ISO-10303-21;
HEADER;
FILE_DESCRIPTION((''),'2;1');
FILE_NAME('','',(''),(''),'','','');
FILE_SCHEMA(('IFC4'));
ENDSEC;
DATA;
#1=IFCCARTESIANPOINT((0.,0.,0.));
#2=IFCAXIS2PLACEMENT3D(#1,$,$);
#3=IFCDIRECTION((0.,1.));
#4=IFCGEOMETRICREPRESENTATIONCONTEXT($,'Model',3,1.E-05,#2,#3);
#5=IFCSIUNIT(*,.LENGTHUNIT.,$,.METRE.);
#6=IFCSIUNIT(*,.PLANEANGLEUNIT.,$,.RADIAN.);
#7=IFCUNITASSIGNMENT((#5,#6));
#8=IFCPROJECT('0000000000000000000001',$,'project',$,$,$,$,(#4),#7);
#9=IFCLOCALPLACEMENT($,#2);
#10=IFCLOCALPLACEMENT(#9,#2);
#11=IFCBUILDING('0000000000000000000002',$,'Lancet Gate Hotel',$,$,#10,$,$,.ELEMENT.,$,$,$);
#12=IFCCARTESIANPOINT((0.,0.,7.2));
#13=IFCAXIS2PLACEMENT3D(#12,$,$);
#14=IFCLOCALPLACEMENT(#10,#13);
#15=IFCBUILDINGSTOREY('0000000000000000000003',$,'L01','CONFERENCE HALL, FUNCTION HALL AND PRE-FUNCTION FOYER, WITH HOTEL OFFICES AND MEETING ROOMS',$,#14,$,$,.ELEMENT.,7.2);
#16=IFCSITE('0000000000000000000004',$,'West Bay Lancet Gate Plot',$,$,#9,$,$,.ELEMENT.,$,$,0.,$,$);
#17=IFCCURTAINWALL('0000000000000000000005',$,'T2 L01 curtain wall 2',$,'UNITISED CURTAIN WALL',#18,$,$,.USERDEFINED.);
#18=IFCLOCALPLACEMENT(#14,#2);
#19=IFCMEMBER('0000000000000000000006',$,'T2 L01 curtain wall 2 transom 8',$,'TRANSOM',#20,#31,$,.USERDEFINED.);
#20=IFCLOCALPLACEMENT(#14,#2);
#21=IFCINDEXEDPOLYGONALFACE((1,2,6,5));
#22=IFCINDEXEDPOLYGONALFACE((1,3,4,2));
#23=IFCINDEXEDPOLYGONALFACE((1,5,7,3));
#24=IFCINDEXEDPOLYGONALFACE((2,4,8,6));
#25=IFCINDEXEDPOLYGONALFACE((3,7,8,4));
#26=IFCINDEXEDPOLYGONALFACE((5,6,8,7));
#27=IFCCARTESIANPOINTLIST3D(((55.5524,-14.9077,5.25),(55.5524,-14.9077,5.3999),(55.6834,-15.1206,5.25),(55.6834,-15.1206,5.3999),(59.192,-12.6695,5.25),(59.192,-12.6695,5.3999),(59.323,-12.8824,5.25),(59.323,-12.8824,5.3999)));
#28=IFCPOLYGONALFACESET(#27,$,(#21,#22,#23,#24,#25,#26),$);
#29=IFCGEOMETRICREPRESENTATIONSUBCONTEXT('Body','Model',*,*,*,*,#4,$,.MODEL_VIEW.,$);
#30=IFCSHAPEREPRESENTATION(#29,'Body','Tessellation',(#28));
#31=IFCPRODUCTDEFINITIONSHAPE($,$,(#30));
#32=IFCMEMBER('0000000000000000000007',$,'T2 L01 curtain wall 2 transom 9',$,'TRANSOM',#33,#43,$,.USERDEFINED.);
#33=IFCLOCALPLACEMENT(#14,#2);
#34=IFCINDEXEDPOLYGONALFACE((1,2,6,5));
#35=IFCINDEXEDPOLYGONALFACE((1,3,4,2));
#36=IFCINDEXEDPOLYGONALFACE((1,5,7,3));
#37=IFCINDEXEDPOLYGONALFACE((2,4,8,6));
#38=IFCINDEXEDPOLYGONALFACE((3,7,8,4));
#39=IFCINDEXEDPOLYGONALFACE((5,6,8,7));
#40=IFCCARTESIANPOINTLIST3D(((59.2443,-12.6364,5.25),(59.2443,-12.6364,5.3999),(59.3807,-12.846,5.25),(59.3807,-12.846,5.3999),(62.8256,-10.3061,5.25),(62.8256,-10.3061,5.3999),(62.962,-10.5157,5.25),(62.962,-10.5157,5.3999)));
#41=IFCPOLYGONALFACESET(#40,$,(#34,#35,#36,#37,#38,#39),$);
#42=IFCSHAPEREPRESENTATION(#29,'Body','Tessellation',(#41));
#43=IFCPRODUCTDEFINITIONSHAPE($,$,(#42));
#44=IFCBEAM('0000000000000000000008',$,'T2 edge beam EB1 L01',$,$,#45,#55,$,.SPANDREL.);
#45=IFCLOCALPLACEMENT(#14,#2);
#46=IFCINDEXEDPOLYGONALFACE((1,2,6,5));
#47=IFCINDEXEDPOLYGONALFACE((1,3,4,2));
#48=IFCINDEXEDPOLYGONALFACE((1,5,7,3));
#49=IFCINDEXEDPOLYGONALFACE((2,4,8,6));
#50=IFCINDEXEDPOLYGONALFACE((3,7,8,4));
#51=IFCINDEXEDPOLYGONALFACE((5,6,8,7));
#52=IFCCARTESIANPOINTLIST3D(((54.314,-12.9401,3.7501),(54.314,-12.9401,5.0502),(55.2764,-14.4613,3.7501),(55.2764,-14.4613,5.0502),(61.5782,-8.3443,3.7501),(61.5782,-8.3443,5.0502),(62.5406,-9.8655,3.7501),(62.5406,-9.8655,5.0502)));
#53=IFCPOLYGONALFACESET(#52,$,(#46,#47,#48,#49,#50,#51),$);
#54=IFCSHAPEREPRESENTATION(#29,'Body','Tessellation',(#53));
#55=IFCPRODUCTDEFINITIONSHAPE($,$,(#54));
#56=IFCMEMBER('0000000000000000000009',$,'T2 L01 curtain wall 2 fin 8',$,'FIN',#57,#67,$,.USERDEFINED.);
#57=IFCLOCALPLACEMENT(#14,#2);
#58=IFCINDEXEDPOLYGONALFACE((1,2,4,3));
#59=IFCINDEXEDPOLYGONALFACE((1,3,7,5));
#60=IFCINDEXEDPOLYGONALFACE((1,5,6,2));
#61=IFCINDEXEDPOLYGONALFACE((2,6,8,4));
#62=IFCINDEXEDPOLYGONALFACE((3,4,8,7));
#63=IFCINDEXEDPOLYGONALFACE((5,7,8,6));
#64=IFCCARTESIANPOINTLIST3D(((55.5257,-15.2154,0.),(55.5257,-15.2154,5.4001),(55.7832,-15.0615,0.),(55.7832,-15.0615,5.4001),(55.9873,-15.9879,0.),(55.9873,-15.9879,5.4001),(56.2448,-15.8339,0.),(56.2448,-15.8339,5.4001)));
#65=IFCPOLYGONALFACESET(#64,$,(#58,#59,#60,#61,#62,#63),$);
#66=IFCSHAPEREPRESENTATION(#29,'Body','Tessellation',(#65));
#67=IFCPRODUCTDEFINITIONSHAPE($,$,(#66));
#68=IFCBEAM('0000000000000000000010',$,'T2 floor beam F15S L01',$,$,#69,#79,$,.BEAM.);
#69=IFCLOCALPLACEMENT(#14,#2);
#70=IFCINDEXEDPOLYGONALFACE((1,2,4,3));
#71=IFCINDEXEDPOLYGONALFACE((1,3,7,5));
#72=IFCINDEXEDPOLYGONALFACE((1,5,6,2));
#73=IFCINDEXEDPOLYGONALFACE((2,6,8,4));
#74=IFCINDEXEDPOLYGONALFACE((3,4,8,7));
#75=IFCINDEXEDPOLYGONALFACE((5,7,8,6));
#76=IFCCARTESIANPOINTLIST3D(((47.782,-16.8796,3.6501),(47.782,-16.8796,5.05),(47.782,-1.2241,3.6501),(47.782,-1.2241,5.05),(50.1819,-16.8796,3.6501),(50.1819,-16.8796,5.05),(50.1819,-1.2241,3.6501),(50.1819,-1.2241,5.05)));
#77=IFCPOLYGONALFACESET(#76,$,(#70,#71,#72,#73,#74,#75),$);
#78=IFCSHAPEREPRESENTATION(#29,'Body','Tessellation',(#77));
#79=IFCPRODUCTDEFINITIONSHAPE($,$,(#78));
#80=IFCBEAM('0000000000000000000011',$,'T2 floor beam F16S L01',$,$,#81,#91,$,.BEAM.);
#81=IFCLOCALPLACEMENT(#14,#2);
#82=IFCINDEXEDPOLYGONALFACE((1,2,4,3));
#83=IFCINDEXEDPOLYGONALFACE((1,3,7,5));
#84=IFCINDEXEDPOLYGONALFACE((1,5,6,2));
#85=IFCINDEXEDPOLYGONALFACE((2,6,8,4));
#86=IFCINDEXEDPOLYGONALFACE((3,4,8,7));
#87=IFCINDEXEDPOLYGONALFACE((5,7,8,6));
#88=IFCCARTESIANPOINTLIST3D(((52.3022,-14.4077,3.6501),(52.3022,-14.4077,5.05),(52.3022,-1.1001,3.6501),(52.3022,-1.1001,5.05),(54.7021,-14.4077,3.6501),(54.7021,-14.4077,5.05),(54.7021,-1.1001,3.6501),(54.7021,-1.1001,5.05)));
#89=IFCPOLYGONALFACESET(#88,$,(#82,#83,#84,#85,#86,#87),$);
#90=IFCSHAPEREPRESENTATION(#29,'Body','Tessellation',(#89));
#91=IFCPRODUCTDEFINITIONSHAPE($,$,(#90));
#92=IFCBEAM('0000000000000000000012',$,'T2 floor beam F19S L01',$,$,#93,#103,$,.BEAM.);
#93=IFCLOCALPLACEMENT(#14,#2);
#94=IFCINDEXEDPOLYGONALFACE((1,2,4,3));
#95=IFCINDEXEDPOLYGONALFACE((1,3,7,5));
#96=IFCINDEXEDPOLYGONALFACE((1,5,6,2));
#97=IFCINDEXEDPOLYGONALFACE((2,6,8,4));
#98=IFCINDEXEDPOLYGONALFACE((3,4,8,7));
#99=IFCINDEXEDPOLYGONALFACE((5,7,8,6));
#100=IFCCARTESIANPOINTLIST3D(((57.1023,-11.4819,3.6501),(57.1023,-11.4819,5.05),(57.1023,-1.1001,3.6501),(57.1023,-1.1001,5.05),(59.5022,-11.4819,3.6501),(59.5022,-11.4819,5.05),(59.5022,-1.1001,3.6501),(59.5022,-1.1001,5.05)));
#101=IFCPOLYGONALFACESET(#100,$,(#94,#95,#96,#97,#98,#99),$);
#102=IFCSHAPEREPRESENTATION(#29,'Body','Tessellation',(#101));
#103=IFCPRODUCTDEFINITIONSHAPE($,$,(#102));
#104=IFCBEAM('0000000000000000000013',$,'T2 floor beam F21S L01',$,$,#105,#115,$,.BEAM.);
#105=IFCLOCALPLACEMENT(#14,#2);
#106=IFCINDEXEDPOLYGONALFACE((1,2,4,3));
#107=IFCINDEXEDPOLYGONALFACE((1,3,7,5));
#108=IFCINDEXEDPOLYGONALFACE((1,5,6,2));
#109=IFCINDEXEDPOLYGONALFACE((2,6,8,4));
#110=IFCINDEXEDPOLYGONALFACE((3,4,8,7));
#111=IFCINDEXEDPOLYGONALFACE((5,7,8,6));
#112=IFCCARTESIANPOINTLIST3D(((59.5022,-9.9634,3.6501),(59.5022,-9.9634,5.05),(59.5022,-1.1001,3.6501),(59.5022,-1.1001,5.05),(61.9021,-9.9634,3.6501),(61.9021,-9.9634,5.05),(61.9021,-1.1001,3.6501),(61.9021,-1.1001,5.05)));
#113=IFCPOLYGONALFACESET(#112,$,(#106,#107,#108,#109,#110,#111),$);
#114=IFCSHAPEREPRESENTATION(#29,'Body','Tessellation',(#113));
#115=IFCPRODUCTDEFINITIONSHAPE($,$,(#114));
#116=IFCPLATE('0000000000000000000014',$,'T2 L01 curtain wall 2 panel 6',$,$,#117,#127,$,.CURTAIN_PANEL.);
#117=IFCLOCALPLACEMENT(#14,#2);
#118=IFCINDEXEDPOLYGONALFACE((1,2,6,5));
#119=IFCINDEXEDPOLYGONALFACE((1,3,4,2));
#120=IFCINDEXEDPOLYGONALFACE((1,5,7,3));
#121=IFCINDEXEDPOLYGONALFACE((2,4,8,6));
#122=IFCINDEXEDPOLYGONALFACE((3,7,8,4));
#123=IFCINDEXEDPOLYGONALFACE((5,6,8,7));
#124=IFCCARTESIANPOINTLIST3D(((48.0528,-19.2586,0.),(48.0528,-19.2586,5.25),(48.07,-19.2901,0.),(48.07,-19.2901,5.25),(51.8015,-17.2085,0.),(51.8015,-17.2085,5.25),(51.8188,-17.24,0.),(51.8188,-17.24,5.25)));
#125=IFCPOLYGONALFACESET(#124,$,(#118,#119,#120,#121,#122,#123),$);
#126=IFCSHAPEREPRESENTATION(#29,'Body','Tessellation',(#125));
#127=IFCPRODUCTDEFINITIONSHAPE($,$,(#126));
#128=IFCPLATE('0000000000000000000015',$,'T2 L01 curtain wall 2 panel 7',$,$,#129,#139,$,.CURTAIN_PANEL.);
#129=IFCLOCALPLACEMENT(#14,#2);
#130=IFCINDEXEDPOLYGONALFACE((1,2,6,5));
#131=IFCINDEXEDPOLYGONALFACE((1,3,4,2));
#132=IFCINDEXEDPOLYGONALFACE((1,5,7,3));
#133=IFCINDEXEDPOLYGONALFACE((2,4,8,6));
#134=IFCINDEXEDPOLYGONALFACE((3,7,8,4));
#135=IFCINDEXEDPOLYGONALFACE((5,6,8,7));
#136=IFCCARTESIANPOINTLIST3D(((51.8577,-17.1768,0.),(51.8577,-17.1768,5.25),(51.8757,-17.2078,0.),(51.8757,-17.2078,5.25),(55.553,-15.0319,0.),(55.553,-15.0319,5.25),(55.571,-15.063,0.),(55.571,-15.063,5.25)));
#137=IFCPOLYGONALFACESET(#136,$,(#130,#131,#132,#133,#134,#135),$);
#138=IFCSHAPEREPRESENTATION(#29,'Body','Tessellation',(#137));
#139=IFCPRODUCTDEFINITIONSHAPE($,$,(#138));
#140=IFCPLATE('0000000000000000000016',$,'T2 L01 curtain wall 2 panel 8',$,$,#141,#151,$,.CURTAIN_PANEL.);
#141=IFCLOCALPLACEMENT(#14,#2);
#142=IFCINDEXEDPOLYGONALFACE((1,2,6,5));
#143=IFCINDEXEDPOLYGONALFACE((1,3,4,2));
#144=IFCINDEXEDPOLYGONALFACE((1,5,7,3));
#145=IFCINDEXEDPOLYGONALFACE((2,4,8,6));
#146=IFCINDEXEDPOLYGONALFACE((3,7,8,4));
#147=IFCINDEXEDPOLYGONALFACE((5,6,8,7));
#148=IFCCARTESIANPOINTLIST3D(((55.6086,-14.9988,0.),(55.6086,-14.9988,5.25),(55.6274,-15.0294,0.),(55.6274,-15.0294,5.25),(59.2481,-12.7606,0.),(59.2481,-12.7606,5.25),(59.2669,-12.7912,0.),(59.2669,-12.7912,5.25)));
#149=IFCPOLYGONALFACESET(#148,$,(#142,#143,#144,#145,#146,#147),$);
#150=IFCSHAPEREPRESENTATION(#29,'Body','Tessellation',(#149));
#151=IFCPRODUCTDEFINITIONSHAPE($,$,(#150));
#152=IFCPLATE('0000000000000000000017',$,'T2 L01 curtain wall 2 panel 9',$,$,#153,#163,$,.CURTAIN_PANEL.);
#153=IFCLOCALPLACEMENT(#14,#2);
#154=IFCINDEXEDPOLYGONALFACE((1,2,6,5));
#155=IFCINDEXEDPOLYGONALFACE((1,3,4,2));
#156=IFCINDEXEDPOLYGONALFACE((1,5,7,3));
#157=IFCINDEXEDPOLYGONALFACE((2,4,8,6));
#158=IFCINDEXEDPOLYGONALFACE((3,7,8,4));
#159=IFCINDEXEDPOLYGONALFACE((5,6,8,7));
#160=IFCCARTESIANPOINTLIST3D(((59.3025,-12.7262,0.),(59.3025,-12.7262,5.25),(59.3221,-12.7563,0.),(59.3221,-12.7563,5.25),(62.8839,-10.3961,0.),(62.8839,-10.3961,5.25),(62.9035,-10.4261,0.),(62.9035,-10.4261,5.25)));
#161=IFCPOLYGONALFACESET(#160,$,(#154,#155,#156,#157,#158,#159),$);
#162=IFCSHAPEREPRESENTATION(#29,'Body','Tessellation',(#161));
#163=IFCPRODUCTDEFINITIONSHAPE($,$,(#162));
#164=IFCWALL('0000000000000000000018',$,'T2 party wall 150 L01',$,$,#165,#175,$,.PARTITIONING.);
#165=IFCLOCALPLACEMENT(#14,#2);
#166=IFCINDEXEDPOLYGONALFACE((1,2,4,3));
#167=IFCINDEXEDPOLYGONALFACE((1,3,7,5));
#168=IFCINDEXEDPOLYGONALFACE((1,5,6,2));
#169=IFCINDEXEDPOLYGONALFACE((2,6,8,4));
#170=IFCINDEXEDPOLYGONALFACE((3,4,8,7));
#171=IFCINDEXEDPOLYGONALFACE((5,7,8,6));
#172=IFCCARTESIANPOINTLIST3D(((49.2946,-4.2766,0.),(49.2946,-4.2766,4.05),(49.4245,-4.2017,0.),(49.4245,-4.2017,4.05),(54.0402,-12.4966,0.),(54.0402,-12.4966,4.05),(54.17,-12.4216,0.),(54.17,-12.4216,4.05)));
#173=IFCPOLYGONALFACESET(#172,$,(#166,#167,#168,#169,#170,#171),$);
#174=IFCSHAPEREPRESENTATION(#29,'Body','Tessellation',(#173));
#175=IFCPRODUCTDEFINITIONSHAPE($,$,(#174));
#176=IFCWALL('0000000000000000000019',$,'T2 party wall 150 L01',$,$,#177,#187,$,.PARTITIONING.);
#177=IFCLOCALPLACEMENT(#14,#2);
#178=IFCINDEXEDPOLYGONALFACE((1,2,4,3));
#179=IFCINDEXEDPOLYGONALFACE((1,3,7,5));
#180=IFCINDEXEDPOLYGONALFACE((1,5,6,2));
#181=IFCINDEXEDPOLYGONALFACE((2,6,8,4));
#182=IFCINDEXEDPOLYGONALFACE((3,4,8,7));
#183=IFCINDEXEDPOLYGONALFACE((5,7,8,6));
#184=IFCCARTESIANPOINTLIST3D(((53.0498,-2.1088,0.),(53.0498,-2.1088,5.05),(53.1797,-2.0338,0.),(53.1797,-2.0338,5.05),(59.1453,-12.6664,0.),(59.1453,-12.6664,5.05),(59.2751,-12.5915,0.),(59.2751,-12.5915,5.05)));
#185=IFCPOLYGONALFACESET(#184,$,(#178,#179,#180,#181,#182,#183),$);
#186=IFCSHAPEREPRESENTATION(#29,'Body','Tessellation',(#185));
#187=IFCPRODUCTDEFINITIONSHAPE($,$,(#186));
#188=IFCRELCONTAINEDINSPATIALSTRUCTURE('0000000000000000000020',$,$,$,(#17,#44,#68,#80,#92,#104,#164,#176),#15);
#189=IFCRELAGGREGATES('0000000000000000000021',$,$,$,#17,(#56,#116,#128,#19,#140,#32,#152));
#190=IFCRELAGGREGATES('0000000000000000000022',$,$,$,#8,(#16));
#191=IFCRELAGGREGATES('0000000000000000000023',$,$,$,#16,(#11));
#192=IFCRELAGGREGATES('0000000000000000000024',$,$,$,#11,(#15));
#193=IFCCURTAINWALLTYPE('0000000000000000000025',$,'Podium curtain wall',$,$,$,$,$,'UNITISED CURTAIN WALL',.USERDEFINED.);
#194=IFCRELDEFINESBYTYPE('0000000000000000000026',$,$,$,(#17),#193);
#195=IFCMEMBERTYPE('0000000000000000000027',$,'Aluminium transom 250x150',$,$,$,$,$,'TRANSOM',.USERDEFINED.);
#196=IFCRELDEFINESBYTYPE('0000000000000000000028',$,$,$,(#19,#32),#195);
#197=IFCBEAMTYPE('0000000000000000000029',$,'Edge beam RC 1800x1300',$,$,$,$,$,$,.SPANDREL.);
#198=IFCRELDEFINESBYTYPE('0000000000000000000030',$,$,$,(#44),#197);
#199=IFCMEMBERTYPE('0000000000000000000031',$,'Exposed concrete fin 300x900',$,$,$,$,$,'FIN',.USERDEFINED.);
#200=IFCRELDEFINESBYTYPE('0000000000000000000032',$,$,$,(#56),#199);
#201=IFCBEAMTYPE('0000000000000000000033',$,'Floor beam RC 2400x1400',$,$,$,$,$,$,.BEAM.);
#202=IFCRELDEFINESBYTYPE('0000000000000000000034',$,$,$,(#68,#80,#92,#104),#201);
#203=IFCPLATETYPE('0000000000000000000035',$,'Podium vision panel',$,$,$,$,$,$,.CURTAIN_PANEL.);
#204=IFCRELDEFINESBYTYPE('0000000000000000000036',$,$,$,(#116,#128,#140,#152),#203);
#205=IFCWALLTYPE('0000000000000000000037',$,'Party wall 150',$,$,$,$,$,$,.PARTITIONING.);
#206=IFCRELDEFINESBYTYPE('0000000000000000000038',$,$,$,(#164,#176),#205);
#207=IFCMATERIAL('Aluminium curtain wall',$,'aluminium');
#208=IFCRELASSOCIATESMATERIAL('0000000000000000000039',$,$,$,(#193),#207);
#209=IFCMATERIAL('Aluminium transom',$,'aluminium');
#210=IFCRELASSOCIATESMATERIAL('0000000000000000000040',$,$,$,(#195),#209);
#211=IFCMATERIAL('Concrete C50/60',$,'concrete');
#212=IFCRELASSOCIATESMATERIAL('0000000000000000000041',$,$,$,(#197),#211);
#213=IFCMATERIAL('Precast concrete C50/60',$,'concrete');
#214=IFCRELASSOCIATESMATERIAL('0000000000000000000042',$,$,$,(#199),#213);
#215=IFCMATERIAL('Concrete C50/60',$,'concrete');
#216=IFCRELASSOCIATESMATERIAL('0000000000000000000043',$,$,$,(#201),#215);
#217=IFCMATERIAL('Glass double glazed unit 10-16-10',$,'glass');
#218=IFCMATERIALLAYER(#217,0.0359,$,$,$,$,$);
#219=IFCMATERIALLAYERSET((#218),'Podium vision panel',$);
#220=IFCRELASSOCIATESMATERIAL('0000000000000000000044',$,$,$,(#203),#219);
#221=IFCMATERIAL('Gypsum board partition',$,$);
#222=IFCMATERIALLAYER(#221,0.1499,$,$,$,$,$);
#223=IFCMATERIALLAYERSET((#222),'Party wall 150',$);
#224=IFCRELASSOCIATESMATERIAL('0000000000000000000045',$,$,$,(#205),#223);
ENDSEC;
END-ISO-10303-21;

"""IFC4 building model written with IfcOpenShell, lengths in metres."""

from ifc_helpers import new_model, si_unit, direction, frame, frame_2d, origin, origin_2d, place, context, subcontext, project, spatial, rectangle, extrude, material, layer, layer_set, material_profile, profile_set, type_object, element, aggregate, save


model = new_model("IFC4")

# Units and contexts
model_context = context("Model", 3, precision=1e-05, world=origin(), true_north=direction((0.0, 1.0)))
body_context = subcontext(model_context, "Body", "Model", "MODEL_VIEW")
ifc_project = project(units=[si_unit("LENGTHUNIT", "METRE"), si_unit("PLANEANGLEUNIT", "RADIAN")], contexts=[model_context])

# Site, building, storey
site_placement = place(None, origin())
site = spatial("IfcSite", under=ifc_project, at=site_placement, Name="West Bay Lancet Gate Plot", CompositionType="ELEMENT", RefElevation=0.0)
building_placement = place(site_placement, origin())
building = spatial("IfcBuilding", under=site, at=building_placement, Name="Lancet Gate Hotel", CompositionType="ELEMENT")
storey_placement = place(building_placement, frame((0.0, 0.0, 7.2)))
storey = spatial("IfcBuildingStorey", under=building, at=storey_placement, Name="L01", Description="CONFERENCE HALL, FUNCTION HALL AND PRE-FUNCTION FOYER, WITH HOTEL OFFICES AND MEETING ROOMS", CompositionType="ELEMENT", Elevation=7.2)

# Curtain wall, members
ifc_material_1 = material(Name="Aluminium curtain wall", Category="aluminium")
curtain_wall_type = type_object("IfcCurtainWallType", Name="Podium curtain wall", ElementType="UNITISED CURTAIN WALL", PredefinedType="USERDEFINED", material=ifc_material_1)
curtain_wall_placement = place(storey_placement, origin())
curtain_wall = element("IfcCurtainWall", 1, at=curtain_wall_placement, inside=storey, type_object=curtain_wall_type, Name="T2 L01 curtain wall 2", ObjectType="UNITISED CURTAIN WALL", PredefinedType="USERDEFINED")
ifc_material_2 = material(Name="Aluminium transom", Category="aluminium")
ifc_material_profile_1 = material_profile(ifc_material_2, rectangle(XDim=0.25, YDim=0.1499, at=origin_2d()), Name="TRANSOM 250x150")
ifc_profile_set_1 = profile_set([ifc_material_profile_1], Name="Aluminium transom")
member_type_1 = type_object("IfcMemberType", Name="Aluminium transom 250x150", ElementType="TRANSOM", PredefinedType="USERDEFINED", material=ifc_profile_set_1)
member_1_placement = place(storey_placement, frame((55.6179, -15.0142, 5.325), z_axis=(0.851815, 0.523842, 0.0), x_axis=(-0.523842, 0.851815, 0.0)))
member_1 = element("IfcMember", 2, at=member_1_placement, type_object=member_type_1, Name="T2 L01 curtain wall 2 transom 8", ObjectType="TRANSOM", PredefinedType="USERDEFINED", context=body_context, shape_type="SweptSolid", body=[
    extrude(rectangle(XDim=0.25, YDim=0.1499, at=origin_2d()), origin(), (0.0, 0.0, 1.0), 4.2727),
])
member_2_placement = place(storey_placement, frame((59.3125, -12.7412, 5.325), z_axis=(0.838179, 0.545396, 0.0), x_axis=(-0.545396, 0.838179, 0.0)))
member_2 = element("IfcMember", 3, at=member_2_placement, type_object=member_type_1, Name="T2 L01 curtain wall 2 transom 9", ObjectType="TRANSOM", PredefinedType="USERDEFINED", context=body_context, shape_type="SweptSolid", body=[
    extrude(rectangle(XDim=0.25, YDim=0.1499, at=origin_2d()), origin(), (0.0, 0.0, 1.0), 4.2727),
])

# Beam
ifc_material_3 = material(Name="Concrete C50/60", Category="concrete")
ifc_material_profile_2 = material_profile(ifc_material_3, rectangle(XDim=1.8, YDim=1.3, at=origin_2d()), Name="RC 1800x1300")
ifc_profile_set_2 = profile_set([ifc_material_profile_2], Name="Concrete C50/60")
beam_type_1 = type_object("IfcBeamType", Name="Edge beam RC 1800x1300", PredefinedType="SPANDREL", material=ifc_profile_set_2)
beam_1_placement = place(storey_placement, frame((54.7952, -13.7007, 4.4001), z_axis=(0.845078, 0.534643, 0.0), x_axis=(-0.534643, 0.845078, 0.0)))
element("IfcBeam", 4, at=beam_1_placement, inside=storey, type_object=beam_type_1, Name="T2 edge beam EB1 L01", PredefinedType="SPANDREL", context=body_context, shape_type="SweptSolid", body=[
    extrude(rectangle(XDim=1.8, YDim=1.3, at=origin_2d()), origin(), (0.0, 0.0, 1.0), 8.5959),
])

# Member
ifc_material_4 = material(Name="Precast concrete C50/60", Category="concrete")
ifc_material_profile_3 = material_profile(ifc_material_4, rectangle(XDim=0.3, YDim=0.8999, at=origin_2d()), Name="FIN 300x900")
ifc_profile_set_3 = profile_set([ifc_material_profile_3], Name="Precast concrete C50/60")
member_type_2 = type_object("IfcMemberType", Name="Exposed concrete fin 300x900", ElementType="FIN", PredefinedType="USERDEFINED", material=ifc_profile_set_3)
member_3_placement = place(storey_placement, frame((55.8853, -15.5247, 0.0), z_axis=(0.0, 0.0, 1.0), x_axis=(0.858413, 0.512959, 0.0)))
member_3 = element("IfcMember", 5, at=member_3_placement, type_object=member_type_2, Name="T2 L01 curtain wall 2 fin 8", ObjectType="FIN", PredefinedType="USERDEFINED", context=body_context, shape_type="SweptSolid", body=[
    extrude(rectangle(XDim=0.3, YDim=0.8999, at=origin_2d()), origin(), (0.0, 0.0, 1.0), 5.4001),
])

# Beams
ifc_material_5 = material(Name="Concrete C50/60", Category="concrete")
ifc_material_profile_4 = material_profile(ifc_material_5, rectangle(XDim=2.3999, YDim=1.3999, at=origin_2d()), Name="RC 2400x1400")
ifc_profile_set_4 = profile_set([ifc_material_profile_4], Name="Concrete C50/60")
beam_type_2 = type_object("IfcBeamType", Name="Floor beam RC 2400x1400", PredefinedType="BEAM", material=ifc_profile_set_4)
beam_2_placement = place(storey_placement, frame((48.9819, -16.8796, 4.3501), z_axis=(0.0, 1.0, 0.0), x_axis=(-1.0, 0.0, 0.0)))
element("IfcBeam", 6, at=beam_2_placement, inside=storey, type_object=beam_type_2, Name="T2 floor beam F15S L01", PredefinedType="BEAM", context=body_context, shape_type="SweptSolid", body=[
    extrude(rectangle(XDim=2.3999, YDim=1.3999, at=origin_2d()), origin(), (0.0, 0.0, 1.0), 15.6555),
])
beam_3_placement = place(storey_placement, frame((53.5022, -14.4077, 4.3501), z_axis=(0.0, 1.0, 0.0), x_axis=(-1.0, 0.0, 0.0)))
element("IfcBeam", 7, at=beam_3_placement, inside=storey, type_object=beam_type_2, Name="T2 floor beam F16S L01", PredefinedType="BEAM", context=body_context, shape_type="SweptSolid", body=[
    extrude(rectangle(XDim=2.3999, YDim=1.3999, at=origin_2d()), origin(), (0.0, 0.0, 1.0), 13.3076),
])
beam_4_placement = place(storey_placement, frame((58.3022, -11.4819, 4.3501), z_axis=(0.0, 1.0, 0.0), x_axis=(-1.0, 0.0, 0.0)))
element("IfcBeam", 8, at=beam_4_placement, inside=storey, type_object=beam_type_2, Name="T2 floor beam F19S L01", PredefinedType="BEAM", context=body_context, shape_type="SweptSolid", body=[
    extrude(rectangle(XDim=2.3999, YDim=1.3999, at=origin_2d()), origin(), (0.0, 0.0, 1.0), 10.3818),
])
beam_5_placement = place(storey_placement, frame((60.7021, -9.9634, 4.3501), z_axis=(0.0, 1.0, 0.0), x_axis=(-1.0, 0.0, 0.0)))
element("IfcBeam", 9, at=beam_5_placement, inside=storey, type_object=beam_type_2, Name="T2 floor beam F21S L01", PredefinedType="BEAM", context=body_context, shape_type="SweptSolid", body=[
    extrude(rectangle(XDim=2.3999, YDim=1.3999, at=origin_2d()), origin(), (0.0, 0.0, 1.0), 8.8633),
])

# Plates
ifc_material_6 = material(Name="Glass double glazed unit 10-16-10", Category="glass")
ifc_layer_1 = layer(ifc_material_6, 0.0359)
ifc_layer_set_1 = layer_set([ifc_layer_1], Name="Podium vision panel")
plate_type = type_object("IfcPlateType", Name="Podium vision panel", PredefinedType="CURTAIN_PANEL", material=ifc_layer_set_1)
plate_1_placement = place(storey_placement, frame((49.9358, -18.2493, 0.0), z_axis=(0.0, 0.0, 1.0), x_axis=(0.877368, 0.479818, 0.0)))
plate_1 = element("IfcPlate", 10, at=plate_1_placement, type_object=plate_type, Name="T2 L01 curtain wall 2 panel 6", PredefinedType="CURTAIN_PANEL", context=body_context, shape_type="SweptSolid", body=[
    extrude(rectangle(XDim=4.2727, YDim=0.0359, at=origin_2d()), origin(), (0.0, 0.0, 1.0), 5.25),
])
plate_2_placement = place(storey_placement, frame((53.7144, -16.1199, 0.0), z_axis=(0.0, 0.0, 1.0), x_axis=(0.864872, 0.501993, 0.0)))
plate_2 = element("IfcPlate", 11, at=plate_2_placement, type_object=plate_type, Name="T2 L01 curtain wall 2 panel 7", PredefinedType="CURTAIN_PANEL", context=body_context, shape_type="SweptSolid", body=[
    extrude(rectangle(XDim=4.2727, YDim=0.0359, at=origin_2d()), origin(), (0.0, 0.0, 1.0), 5.25),
])
plate_3_placement = place(storey_placement, frame((57.4377, -13.895, 0.0), z_axis=(0.0, 0.0, 1.0), x_axis=(0.851815, 0.523842, 0.0)))
plate_3 = element("IfcPlate", 12, at=plate_3_placement, type_object=plate_type, Name="T2 L01 curtain wall 2 panel 8", PredefinedType="CURTAIN_PANEL", context=body_context, shape_type="SweptSolid", body=[
    extrude(rectangle(XDim=4.2727, YDim=0.0359, at=origin_2d()), origin(), (0.0, 0.0, 1.0), 5.25),
])
plate_4_placement = place(storey_placement, frame((61.103, -11.5762, 0.0), z_axis=(0.0, 0.0, 1.0), x_axis=(0.838207, 0.545353, 0.0)))
plate_4 = element("IfcPlate", 13, at=plate_4_placement, type_object=plate_type, Name="T2 L01 curtain wall 2 panel 9", PredefinedType="CURTAIN_PANEL", context=body_context, shape_type="SweptSolid", body=[
    extrude(rectangle(XDim=4.2727, YDim=0.0359, at=origin_2d()), origin(), (0.0, 0.0, 1.0), 5.25),
])
aggregate(curtain_wall, [member_3, plate_1, plate_2, member_1, plate_3, member_2, plate_4])

# Walls
ifc_material_7 = material(Name="Gypsum board partition")
ifc_layer_2 = layer(ifc_material_7, 0.1499)
ifc_layer_set_2 = layer_set([ifc_layer_2], Name="Party wall 150")
wall_type = type_object("IfcWallType", Name="Party wall 150", PredefinedType="PARTITIONING", material=ifc_layer_set_2)
wall_1_placement = place(storey_placement, frame((49.3596, -4.2393, 0.0), z_axis=(0.0, 0.0, 1.0), x_axis=(0.499984, -0.866034, 0.0)))
element("IfcWall", 14, at=wall_1_placement, inside=storey, type_object=wall_type, Name="T2 party wall 150 L01", PredefinedType="PARTITIONING", context=body_context, shape_type="SweptSolid", body=[
    extrude(rectangle(XDim=9.4915, YDim=0.1499, at=frame_2d((4.7456, 0.0))), origin(), (0.0, 0.0, 1.0), 4.05),
])
wall_2_placement = place(storey_placement, frame((53.1147, -2.0713, 0.0), z_axis=(0.0, 0.0, 1.0), x_axis=(0.500001, -0.866025, 0.0)))
element("IfcWall", 15, at=wall_2_placement, inside=storey, type_object=wall_type, Name="T2 party wall 150 L01", PredefinedType="PARTITIONING", context=body_context, shape_type="SweptSolid", body=[
    extrude(rectangle(XDim=12.1909, YDim=0.1499, at=frame_2d((6.0955, 0.0))), origin(), (0.0, 0.0, 1.0), 5.05),
])

save(model, "model.ifc")
